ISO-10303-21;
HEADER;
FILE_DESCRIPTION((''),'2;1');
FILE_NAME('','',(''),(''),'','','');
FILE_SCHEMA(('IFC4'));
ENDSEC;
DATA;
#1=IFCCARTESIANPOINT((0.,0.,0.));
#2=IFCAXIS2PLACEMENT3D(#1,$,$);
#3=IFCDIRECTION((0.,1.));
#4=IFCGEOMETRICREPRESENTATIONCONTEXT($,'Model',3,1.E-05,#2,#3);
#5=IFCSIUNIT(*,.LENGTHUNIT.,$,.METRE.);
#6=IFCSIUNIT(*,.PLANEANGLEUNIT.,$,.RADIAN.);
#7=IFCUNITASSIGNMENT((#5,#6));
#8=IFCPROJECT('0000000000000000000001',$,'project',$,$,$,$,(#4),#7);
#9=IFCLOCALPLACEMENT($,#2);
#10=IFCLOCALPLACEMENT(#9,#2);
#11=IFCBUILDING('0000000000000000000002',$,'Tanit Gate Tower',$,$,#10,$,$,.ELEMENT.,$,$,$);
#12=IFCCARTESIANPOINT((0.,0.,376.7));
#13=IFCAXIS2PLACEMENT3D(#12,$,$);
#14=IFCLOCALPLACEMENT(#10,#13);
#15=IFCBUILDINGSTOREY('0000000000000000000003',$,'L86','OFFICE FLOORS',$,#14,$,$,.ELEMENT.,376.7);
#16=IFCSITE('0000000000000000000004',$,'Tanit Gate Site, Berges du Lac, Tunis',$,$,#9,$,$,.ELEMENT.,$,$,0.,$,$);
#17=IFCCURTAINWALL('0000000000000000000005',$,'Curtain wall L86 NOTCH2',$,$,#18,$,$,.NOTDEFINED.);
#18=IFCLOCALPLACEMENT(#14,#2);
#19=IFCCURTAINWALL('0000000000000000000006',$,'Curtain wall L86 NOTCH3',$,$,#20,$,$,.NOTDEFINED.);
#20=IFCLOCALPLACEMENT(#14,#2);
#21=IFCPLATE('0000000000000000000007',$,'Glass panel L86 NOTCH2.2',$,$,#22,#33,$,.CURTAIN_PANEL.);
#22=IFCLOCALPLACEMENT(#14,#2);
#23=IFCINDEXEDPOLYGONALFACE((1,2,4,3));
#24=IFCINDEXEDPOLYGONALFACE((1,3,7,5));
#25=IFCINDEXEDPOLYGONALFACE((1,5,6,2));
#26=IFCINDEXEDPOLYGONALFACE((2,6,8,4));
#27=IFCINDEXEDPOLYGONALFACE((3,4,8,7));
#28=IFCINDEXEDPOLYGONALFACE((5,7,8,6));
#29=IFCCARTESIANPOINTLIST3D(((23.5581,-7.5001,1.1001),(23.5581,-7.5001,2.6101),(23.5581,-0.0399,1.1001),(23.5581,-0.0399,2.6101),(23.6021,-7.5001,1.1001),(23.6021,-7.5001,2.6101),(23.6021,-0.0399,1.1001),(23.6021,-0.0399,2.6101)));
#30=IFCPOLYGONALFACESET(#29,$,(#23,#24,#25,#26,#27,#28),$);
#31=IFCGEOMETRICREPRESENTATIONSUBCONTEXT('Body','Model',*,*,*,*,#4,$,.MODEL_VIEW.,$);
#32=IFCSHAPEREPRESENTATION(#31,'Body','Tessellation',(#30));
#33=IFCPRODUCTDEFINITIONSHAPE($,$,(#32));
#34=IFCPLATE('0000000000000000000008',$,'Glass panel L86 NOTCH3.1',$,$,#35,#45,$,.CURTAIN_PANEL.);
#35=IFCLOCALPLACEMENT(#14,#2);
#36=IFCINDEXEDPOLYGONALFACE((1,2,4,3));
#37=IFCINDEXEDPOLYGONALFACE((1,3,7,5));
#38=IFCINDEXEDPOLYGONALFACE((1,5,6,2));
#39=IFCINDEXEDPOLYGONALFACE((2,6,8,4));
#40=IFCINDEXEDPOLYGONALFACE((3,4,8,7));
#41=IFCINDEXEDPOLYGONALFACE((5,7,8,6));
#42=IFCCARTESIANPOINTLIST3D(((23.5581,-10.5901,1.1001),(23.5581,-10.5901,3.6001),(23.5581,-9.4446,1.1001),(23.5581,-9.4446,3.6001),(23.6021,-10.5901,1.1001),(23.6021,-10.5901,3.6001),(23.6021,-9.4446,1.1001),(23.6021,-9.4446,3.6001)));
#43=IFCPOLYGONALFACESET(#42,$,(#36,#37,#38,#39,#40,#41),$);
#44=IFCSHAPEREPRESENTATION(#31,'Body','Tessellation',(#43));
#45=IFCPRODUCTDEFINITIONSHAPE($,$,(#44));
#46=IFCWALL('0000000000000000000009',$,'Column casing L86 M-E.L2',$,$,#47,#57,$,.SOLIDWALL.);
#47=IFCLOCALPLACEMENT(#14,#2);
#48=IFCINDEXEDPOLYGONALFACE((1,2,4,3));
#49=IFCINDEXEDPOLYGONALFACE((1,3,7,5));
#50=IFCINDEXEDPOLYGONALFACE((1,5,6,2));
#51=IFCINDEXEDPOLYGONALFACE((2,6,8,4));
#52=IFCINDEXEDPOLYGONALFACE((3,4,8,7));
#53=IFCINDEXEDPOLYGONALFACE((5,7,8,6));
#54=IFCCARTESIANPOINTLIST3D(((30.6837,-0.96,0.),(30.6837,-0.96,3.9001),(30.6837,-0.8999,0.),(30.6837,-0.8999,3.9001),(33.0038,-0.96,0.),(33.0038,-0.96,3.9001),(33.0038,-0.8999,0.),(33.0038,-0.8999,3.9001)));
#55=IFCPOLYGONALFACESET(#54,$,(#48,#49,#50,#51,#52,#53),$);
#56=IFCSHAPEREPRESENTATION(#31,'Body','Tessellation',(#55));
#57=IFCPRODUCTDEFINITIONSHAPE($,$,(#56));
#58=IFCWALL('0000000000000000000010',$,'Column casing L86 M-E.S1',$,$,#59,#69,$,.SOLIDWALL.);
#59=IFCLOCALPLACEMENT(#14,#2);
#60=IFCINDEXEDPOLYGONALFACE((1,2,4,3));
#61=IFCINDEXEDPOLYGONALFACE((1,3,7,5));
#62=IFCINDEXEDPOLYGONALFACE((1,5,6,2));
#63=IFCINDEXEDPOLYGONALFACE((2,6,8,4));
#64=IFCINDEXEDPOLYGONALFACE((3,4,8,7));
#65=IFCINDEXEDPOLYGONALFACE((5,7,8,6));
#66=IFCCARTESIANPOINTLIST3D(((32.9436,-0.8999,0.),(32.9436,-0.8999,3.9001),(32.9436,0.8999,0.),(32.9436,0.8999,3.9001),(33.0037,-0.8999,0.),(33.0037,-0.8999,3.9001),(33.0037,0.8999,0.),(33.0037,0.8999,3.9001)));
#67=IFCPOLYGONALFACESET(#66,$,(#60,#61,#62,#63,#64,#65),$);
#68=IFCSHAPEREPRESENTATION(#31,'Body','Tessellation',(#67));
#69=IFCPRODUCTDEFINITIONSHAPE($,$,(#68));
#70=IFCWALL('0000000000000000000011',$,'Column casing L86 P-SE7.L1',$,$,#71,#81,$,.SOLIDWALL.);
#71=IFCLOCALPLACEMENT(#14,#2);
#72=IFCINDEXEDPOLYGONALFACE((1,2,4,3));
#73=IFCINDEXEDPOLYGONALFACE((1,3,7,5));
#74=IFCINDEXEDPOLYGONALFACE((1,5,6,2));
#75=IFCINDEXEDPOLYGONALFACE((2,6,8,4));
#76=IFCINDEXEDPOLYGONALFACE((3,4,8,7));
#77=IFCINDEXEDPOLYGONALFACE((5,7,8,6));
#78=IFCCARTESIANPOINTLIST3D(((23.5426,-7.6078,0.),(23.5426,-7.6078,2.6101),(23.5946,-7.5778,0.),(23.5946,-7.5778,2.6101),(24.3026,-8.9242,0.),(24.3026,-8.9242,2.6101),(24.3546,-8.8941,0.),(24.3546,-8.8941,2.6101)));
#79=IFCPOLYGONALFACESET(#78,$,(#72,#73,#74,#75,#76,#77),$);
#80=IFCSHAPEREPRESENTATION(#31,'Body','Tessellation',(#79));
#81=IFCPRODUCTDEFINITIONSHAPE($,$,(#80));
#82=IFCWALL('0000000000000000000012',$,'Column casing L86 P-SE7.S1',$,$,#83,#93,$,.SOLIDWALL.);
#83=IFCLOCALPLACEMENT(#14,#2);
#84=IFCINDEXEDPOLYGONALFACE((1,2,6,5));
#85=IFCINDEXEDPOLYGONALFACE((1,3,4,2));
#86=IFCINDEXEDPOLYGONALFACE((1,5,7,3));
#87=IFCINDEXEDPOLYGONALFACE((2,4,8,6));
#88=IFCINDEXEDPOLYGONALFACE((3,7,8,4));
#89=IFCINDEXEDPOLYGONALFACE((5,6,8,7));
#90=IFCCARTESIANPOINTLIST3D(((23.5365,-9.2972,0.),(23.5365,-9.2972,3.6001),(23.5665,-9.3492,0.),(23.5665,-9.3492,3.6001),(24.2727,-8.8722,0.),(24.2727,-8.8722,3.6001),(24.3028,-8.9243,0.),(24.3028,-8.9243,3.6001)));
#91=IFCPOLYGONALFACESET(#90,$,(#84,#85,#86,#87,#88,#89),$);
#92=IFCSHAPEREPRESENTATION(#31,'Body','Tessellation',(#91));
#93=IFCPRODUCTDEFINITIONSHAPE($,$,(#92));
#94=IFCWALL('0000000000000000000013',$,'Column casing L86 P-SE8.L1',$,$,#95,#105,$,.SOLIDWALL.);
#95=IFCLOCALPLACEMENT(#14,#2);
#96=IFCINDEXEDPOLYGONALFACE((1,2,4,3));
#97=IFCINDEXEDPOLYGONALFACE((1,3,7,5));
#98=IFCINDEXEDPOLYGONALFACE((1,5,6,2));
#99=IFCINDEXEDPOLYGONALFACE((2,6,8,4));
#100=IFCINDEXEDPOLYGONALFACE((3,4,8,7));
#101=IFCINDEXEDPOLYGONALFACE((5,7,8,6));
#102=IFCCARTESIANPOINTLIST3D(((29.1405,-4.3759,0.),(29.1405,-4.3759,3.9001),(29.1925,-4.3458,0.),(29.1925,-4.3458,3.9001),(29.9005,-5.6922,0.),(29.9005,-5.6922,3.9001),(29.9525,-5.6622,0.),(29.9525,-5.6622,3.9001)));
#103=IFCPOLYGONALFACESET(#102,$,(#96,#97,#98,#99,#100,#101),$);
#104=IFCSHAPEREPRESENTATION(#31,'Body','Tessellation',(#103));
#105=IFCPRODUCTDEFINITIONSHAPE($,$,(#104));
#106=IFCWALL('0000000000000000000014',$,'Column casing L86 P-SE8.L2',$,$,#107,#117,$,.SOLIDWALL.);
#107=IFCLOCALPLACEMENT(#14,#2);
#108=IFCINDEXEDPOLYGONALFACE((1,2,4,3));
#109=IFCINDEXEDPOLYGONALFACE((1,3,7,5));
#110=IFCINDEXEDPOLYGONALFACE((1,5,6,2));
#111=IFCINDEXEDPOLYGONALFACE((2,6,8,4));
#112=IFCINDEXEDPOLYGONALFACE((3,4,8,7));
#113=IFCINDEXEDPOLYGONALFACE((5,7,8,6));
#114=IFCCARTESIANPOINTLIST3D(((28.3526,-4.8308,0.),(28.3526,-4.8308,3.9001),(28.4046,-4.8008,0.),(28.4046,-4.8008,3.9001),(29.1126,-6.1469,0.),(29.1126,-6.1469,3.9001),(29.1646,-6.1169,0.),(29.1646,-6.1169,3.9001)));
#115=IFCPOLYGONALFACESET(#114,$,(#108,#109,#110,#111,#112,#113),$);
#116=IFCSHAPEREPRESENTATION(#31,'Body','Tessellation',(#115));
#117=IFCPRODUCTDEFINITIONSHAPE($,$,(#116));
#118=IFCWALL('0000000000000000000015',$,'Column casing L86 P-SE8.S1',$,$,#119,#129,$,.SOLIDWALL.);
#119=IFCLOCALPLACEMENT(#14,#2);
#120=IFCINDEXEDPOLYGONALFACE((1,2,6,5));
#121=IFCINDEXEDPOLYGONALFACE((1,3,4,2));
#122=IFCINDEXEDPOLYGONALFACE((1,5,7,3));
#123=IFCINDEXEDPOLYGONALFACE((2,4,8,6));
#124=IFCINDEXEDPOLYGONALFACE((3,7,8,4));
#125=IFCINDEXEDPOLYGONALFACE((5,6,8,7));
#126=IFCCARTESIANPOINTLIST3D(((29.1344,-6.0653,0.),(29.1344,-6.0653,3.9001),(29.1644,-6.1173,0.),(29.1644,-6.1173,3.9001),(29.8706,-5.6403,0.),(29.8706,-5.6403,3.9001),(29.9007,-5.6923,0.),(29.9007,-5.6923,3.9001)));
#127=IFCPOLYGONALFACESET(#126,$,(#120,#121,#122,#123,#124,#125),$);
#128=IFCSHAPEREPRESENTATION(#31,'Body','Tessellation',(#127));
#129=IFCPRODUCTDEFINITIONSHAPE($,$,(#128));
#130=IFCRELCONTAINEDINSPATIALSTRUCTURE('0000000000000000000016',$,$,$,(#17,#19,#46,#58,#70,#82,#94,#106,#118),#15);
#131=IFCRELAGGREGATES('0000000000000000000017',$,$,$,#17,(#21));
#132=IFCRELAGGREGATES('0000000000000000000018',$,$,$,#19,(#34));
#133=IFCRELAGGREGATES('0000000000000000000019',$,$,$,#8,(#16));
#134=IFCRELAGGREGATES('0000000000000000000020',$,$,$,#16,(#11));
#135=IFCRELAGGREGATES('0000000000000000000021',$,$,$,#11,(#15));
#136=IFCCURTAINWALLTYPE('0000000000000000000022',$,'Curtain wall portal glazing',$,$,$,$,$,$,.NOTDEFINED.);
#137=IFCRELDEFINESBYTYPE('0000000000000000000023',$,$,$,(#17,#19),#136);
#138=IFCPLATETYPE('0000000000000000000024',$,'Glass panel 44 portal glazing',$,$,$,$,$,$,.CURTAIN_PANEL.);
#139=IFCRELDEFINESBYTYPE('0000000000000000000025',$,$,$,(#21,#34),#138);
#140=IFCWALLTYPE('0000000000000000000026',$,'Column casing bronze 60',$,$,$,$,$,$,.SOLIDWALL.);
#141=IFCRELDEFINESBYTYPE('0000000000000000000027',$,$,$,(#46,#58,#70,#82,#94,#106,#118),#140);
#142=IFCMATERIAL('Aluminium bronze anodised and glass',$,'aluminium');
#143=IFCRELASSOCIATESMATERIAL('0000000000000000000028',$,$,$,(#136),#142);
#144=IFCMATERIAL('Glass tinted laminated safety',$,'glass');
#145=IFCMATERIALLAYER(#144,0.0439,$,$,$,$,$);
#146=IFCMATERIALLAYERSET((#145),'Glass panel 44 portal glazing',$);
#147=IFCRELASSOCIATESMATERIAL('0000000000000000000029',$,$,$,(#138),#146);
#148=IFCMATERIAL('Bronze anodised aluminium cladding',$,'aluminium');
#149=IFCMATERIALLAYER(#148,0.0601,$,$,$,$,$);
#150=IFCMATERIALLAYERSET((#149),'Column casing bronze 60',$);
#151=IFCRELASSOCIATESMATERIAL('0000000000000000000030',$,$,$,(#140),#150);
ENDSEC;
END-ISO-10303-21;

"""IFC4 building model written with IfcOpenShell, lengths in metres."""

from ifc_helpers import new_model, si_unit, direction, frame, frame_2d, origin, origin_2d, place, context, subcontext, project, spatial, rectangle, extrude, material, layer, layer_set, type_object, element, aggregate, save


model = new_model("IFC4")

# Units and contexts
model_context = context("Model", 3, precision=1e-05, world=origin(), true_north=direction((0.0, 1.0)))
body_context = subcontext(model_context, "Body", "Model", "MODEL_VIEW")
ifc_project = project(units=[si_unit("LENGTHUNIT", "METRE"), si_unit("PLANEANGLEUNIT", "RADIAN")], contexts=[model_context])

# Site, building, storey
site_placement = place(None, origin())
site = spatial("IfcSite", under=ifc_project, at=site_placement, Name="Tanit Gate Site, Berges du Lac, Tunis", CompositionType="ELEMENT", RefElevation=0.0)
building_placement = place(site_placement, origin())
building = spatial("IfcBuilding", under=site, at=building_placement, Name="Tanit Gate Tower", CompositionType="ELEMENT")
storey_placement = place(building_placement, frame((0.0, 0.0, 376.7)))
storey = spatial("IfcBuildingStorey", under=building, at=storey_placement, Name="L86", Description="OFFICE FLOORS", CompositionType="ELEMENT", Elevation=376.7)

# Curtain wall
ifc_material_1 = material(Name="Aluminium bronze anodised and glass", Category="aluminium")
curtain_wall_type_1 = type_object("IfcCurtainWallType", Name="Curtain wall portal glazing", PredefinedType="NOTDEFINED", material=ifc_material_1)
curtain_wall_1_placement = place(storey_placement, origin())
curtain_wall_1 = element("IfcCurtainWall", 1, at=curtain_wall_1_placement, inside=storey, type_object=curtain_wall_type_1, Name="Curtain wall L86 NOTCH2", PredefinedType="NOTDEFINED")

# Curtain wall
curtain_wall_2_placement = place(storey_placement, origin())
curtain_wall_2 = element("IfcCurtainWall", 2, at=curtain_wall_2_placement, inside=storey, type_object=curtain_wall_type_1, Name="Curtain wall L86 NOTCH3", PredefinedType="NOTDEFINED")

# Plates
ifc_material_2 = material(Name="Glass tinted laminated safety", Category="glass")
ifc_layer_1 = layer(ifc_material_2, 0.0439)
ifc_layer_set_1 = layer_set([ifc_layer_1], Name="Glass panel 44 portal glazing")
plate_type = type_object("IfcPlateType", Name="Glass panel 44 portal glazing", PredefinedType="CURTAIN_PANEL", material=ifc_layer_set_1)
plate_1_placement = place(storey_placement, frame((23.5801, -3.77, 1.1001), z_axis=(0.0, 0.0, 1.0), x_axis=(0.0, -1.0, 0.0)))
plate_1 = element("IfcPlate", 3, at=plate_1_placement, type_object=plate_type, Name="Glass panel L86 NOTCH2.2", PredefinedType="CURTAIN_PANEL", context=body_context, shape_type="SweptSolid", body=[
    extrude(rectangle(XDim=7.4602, YDim=0.0439, at=origin_2d()), origin(), (0.0, 0.0, 1.0), 1.51),
])
aggregate(curtain_wall_1, [plate_1])
plate_2_placement = place(storey_placement, frame((23.5801, -10.0173, 1.1001), z_axis=(0.0, 0.0, 1.0), x_axis=(0.0, -1.0, 0.0)))
plate_2 = element("IfcPlate", 4, at=plate_2_placement, type_object=plate_type, Name="Glass panel L86 NOTCH3.1", PredefinedType="CURTAIN_PANEL", context=body_context, shape_type="SweptSolid", body=[
    extrude(rectangle(XDim=1.1455, YDim=0.0439, at=origin_2d()), origin(), (0.0, 0.0, 1.0), 2.5),
])
aggregate(curtain_wall_2, [plate_2])

# Walls
ifc_material_3 = material(Name="Bronze anodised aluminium cladding", Category="aluminium")
ifc_layer_2 = layer(ifc_material_3, 0.0601)
ifc_layer_set_2 = layer_set([ifc_layer_2], Name="Column casing bronze 60")
wall_type = type_object("IfcWallType", Name="Column casing bronze 60", PredefinedType="SOLIDWALL", material=ifc_layer_set_2)
wall_1_placement = place(storey_placement, frame((30.6836, -0.9299, 0.0), z_axis=(0.0, 0.0, 1.0), x_axis=(1.0, 0.0, 0.0)))
element("IfcWall", 5, at=wall_1_placement, inside=storey, type_object=wall_type, Name="Column casing L86 M-E.L2", PredefinedType="SOLIDWALL", context=body_context, shape_type="SweptSolid", body=[
    extrude(rectangle(XDim=2.3201, YDim=0.0601, at=frame_2d((1.1602, 0.0))), origin(), (0.0, 0.0, 1.0), 3.9001),
])
wall_2_placement = place(storey_placement, frame((32.9736, -0.8999, 0.0), z_axis=(0.0, 0.0, 1.0), x_axis=(0.0, 1.0, 0.0)))
element("IfcWall", 6, at=wall_2_placement, inside=storey, type_object=wall_type, Name="Column casing L86 M-E.S1", PredefinedType="SOLIDWALL", context=body_context, shape_type="SweptSolid", body=[
    extrude(rectangle(XDim=1.7998, YDim=0.0601, at=frame_2d((0.8999, 0.0))), origin(), (0.0, 0.0, 1.0), 3.9001),
])
wall_3_placement = place(storey_placement, frame((23.5686, -7.5928, 0.0), z_axis=(0.0, 0.0, 1.0), x_axis=(0.499991, -0.86603, 0.0)))
element("IfcWall", 7, at=wall_3_placement, inside=storey, type_object=wall_type, Name="Column casing L86 P-SE7.L1", PredefinedType="SOLIDWALL", context=body_context, shape_type="SweptSolid", body=[
    extrude(rectangle(XDim=1.52, YDim=0.0601, at=frame_2d((0.76, 0.0))), origin(), (0.0, 0.0, 1.0), 2.6101),
])
wall_4_placement = place(storey_placement, frame((23.5515, -9.3232, 0.0), z_axis=(0.0, 0.0, 1.0), x_axis=(0.866061, 0.499938, 0.0)))
element("IfcWall", 8, at=wall_4_placement, inside=storey, type_object=wall_type, Name="Column casing L86 P-SE7.S1", PredefinedType="SOLIDWALL", context=body_context, shape_type="SweptSolid", body=[
    extrude(rectangle(XDim=0.8501, YDim=0.0601, at=frame_2d((0.425, 0.0))), origin(), (0.0, 0.0, 1.0), 3.6001),
])
wall_5_placement = place(storey_placement, frame((29.1665, -4.3608, 0.0), z_axis=(0.0, 0.0, 1.0), x_axis=(0.499991, -0.86603, 0.0)))
element("IfcWall", 9, at=wall_5_placement, inside=storey, type_object=wall_type, Name="Column casing L86 P-SE8.L1", PredefinedType="SOLIDWALL", context=body_context, shape_type="SweptSolid", body=[
    extrude(rectangle(XDim=1.52, YDim=0.0601, at=frame_2d((0.76, 0.0))), origin(), (0.0, 0.0, 1.0), 3.9001),
])
wall_6_placement = place(storey_placement, frame((28.3787, -4.8159, 0.0), z_axis=(0.0, 0.0, 1.0), x_axis=(0.500061, -0.86599, 0.0)))
element("IfcWall", 10, at=wall_6_placement, inside=storey, type_object=wall_type, Name="Column casing L86 P-SE8.L2", PredefinedType="SOLIDWALL", context=body_context, shape_type="SweptSolid", body=[
    extrude(rectangle(XDim=1.5198, YDim=0.0601, at=frame_2d((0.7598, 0.0))), origin(), (0.0, 0.0, 1.0), 3.9001),
])
wall_7_placement = place(storey_placement, frame((29.1494, -6.0913, 0.0), z_axis=(0.0, 0.0, 1.0), x_axis=(0.866061, 0.499938, 0.0)))
element("IfcWall", 11, at=wall_7_placement, inside=storey, type_object=wall_type, Name="Column casing L86 P-SE8.S1", PredefinedType="SOLIDWALL", context=body_context, shape_type="SweptSolid", body=[
    extrude(rectangle(XDim=0.8501, YDim=0.0601, at=frame_2d((0.425, 0.0))), origin(), (0.0, 0.0, 1.0), 3.9001),
])

save(model, "model.ifc")
